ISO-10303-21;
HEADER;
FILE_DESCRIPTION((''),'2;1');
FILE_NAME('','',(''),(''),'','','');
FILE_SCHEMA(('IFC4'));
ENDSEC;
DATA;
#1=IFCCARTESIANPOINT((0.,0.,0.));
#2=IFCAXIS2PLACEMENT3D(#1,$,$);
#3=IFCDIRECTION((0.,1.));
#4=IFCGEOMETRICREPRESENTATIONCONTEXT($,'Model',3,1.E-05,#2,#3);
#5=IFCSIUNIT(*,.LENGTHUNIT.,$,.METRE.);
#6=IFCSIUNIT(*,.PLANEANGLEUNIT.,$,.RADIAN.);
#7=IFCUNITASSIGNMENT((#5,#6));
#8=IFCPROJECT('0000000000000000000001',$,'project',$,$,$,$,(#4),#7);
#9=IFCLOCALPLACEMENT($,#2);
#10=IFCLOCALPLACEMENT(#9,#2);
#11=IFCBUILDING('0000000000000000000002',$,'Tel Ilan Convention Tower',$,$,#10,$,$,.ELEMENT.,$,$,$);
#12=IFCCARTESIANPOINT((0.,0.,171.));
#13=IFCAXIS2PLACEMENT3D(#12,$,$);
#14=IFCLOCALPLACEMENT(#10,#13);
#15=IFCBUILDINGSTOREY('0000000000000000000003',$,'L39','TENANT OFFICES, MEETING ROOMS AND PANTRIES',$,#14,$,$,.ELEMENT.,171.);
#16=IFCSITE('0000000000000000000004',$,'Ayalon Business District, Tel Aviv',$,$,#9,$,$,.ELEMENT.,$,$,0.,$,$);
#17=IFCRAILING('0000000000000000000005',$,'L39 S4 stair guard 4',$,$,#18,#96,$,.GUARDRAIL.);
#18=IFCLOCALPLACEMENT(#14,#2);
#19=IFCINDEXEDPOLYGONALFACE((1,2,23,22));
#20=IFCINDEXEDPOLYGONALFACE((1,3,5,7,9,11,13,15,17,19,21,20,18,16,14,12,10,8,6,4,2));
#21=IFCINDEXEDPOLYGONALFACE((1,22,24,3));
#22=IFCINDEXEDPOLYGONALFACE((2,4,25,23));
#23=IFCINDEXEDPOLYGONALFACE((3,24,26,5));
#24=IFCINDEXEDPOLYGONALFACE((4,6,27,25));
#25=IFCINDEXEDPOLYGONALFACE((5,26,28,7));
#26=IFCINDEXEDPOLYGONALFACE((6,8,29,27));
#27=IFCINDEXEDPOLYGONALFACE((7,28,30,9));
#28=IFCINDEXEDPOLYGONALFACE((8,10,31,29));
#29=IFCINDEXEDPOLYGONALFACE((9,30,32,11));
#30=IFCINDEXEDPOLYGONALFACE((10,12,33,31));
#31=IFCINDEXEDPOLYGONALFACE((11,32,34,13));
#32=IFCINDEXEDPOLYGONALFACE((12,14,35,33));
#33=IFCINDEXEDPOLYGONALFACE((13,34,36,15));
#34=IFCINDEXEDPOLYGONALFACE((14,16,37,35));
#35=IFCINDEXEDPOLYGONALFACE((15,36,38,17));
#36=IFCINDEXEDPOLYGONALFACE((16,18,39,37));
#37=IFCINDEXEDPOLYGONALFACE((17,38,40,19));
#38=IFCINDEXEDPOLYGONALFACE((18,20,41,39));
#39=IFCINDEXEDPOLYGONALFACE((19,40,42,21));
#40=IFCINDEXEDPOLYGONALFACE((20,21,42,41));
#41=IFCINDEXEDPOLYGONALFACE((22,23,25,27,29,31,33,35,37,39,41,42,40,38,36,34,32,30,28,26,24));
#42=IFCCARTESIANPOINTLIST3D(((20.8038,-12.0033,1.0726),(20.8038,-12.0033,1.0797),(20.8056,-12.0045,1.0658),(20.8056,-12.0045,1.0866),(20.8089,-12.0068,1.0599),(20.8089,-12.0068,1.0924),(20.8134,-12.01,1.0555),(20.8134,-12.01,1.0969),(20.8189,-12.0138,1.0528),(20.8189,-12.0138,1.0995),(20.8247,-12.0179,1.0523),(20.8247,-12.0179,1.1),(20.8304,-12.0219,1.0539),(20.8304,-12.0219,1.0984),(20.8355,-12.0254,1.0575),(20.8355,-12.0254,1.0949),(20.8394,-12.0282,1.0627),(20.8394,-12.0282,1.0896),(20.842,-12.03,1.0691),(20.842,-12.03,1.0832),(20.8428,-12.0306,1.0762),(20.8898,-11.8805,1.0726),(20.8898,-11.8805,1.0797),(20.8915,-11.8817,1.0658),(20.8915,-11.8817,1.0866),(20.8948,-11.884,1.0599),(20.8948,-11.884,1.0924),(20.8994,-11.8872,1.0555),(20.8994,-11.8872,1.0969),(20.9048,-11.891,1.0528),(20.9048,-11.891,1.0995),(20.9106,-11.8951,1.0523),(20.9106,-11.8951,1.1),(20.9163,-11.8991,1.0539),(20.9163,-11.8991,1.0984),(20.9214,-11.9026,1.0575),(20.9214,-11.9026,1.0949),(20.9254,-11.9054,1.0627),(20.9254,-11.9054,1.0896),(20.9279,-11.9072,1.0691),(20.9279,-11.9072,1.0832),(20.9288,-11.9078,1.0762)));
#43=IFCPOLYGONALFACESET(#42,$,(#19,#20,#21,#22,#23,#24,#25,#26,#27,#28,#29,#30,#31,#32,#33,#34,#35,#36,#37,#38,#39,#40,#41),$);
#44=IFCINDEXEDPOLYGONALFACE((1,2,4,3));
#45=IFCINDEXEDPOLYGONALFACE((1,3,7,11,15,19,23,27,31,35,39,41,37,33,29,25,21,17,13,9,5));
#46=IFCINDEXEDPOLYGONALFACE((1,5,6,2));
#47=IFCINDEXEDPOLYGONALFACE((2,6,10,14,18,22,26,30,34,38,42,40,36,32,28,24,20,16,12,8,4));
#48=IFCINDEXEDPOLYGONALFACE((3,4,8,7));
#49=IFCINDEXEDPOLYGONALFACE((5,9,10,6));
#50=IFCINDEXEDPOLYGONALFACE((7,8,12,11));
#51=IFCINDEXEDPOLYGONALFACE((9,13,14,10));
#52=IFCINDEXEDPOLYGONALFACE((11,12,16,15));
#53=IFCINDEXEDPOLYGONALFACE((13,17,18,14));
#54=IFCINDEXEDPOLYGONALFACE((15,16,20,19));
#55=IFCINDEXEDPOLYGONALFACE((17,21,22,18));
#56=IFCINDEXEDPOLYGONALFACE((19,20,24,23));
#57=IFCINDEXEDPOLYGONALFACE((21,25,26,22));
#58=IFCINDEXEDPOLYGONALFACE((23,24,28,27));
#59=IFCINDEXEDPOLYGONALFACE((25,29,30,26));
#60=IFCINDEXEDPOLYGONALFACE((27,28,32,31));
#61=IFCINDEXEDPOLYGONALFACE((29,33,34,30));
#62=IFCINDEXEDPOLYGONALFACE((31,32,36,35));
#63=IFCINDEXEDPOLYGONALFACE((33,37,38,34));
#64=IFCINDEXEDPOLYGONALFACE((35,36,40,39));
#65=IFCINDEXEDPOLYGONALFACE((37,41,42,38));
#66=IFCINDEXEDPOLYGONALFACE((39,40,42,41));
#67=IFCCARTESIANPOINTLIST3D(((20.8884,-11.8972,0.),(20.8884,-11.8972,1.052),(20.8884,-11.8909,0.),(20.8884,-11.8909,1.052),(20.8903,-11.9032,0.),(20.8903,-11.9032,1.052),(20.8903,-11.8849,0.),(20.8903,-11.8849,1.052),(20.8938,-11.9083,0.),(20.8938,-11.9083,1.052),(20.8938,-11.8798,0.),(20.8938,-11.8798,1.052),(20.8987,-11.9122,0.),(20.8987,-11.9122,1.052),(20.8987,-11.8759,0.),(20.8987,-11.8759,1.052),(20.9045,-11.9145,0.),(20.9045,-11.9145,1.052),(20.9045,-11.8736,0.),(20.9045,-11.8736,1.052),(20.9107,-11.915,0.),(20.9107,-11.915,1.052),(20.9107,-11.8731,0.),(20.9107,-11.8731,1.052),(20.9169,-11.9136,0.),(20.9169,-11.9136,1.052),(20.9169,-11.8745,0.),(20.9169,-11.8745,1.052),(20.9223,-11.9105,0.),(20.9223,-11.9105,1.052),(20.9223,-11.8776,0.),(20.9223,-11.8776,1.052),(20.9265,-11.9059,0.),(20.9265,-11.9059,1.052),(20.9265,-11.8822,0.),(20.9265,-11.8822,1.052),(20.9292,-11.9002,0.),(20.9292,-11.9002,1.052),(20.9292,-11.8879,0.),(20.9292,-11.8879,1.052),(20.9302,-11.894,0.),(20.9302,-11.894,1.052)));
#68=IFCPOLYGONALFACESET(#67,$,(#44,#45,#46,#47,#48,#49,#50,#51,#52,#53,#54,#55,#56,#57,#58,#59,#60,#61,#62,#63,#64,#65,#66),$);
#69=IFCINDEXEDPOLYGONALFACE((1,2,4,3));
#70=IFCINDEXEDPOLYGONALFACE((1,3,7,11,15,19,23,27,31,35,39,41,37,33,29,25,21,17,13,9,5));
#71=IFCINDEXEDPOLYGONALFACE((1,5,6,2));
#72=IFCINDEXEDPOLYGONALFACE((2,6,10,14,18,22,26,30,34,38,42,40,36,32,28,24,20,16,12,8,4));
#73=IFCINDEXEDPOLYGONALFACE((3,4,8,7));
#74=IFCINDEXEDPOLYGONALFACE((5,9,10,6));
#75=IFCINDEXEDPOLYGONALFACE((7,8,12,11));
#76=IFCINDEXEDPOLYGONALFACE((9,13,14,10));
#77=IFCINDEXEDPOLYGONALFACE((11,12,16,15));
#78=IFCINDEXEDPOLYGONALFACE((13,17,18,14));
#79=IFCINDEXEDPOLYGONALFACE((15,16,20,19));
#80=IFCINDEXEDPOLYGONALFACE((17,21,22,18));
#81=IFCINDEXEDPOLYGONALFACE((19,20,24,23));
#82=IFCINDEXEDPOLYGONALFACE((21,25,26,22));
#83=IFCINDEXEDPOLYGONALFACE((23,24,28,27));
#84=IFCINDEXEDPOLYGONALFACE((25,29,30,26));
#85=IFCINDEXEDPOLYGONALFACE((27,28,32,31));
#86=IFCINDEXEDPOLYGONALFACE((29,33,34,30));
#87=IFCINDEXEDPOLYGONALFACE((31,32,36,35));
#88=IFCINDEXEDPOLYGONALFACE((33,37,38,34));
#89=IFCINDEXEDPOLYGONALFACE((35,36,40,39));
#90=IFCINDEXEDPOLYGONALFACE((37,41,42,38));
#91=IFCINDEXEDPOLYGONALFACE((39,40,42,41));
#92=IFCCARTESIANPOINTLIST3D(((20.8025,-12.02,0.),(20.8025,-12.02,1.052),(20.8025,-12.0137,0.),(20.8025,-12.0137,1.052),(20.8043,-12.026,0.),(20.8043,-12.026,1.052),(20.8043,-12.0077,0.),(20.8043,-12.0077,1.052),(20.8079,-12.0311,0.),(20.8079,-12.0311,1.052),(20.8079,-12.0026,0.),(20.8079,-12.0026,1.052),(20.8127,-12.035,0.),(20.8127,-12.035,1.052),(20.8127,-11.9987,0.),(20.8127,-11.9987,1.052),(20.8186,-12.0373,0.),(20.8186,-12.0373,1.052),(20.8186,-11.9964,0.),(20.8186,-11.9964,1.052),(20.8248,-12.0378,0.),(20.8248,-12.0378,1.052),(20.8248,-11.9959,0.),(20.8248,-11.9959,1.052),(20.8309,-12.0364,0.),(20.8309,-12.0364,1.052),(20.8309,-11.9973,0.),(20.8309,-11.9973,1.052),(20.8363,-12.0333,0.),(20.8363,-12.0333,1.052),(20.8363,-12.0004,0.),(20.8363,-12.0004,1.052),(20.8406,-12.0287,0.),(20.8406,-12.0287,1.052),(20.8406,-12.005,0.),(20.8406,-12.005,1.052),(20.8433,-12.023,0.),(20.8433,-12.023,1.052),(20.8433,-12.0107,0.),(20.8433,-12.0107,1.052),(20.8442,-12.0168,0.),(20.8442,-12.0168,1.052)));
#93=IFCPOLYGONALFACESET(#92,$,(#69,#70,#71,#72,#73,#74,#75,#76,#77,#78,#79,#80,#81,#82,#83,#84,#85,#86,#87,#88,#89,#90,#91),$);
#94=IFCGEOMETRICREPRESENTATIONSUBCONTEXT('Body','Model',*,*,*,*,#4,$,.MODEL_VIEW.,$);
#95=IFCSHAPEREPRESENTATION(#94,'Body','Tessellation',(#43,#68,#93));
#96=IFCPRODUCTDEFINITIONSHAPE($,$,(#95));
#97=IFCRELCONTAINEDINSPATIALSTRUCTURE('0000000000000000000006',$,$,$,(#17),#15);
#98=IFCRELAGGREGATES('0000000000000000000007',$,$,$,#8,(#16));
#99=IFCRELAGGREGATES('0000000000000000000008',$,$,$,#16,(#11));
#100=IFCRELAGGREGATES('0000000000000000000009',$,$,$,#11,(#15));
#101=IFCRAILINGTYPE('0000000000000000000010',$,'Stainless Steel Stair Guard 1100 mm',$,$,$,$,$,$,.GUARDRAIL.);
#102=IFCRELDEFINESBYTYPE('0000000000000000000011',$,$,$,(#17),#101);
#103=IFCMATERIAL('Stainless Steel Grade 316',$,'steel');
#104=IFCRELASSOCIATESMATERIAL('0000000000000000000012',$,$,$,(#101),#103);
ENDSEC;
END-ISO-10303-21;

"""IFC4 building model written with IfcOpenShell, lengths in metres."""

from ifc_helpers import new_model, si_unit, direction, frame, origin, origin_2d, place, context, subcontext, project, spatial, circle, extrude, material, type_object, element, save


model = new_model("IFC4")

# Units and contexts
model_context = context("Model", 3, precision=1e-05, world=origin(), true_north=direction((0.0, 1.0)))
body_context = subcontext(model_context, "Body", "Model", "MODEL_VIEW")
ifc_project = project(units=[si_unit("LENGTHUNIT", "METRE"), si_unit("PLANEANGLEUNIT", "RADIAN")], contexts=[model_context])

# Site, building, storey
site_placement = place(None, origin())
site = spatial("IfcSite", under=ifc_project, at=site_placement, Name="Ayalon Business District, Tel Aviv", CompositionType="ELEMENT", RefElevation=0.0)
building_placement = place(site_placement, origin())
building = spatial("IfcBuilding", under=site, at=building_placement, Name="Tel Ilan Convention Tower", CompositionType="ELEMENT")
storey_placement = place(building_placement, frame((0.0, 0.0, 171.0)))
storey = spatial("IfcBuildingStorey", under=building, at=storey_placement, Name="L39", Description="TENANT OFFICES, MEETING ROOMS AND PANTRIES", CompositionType="ELEMENT", Elevation=171.0)

# Railing
ifc_material_1 = material(Name="Stainless Steel Grade 316", Category="steel")
railing_type_1 = type_object("IfcRailingType", Name="Stainless Steel Stair Guard 1100 mm", PredefinedType="GUARDRAIL", material=ifc_material_1)
railing_1_placement = place(storey_placement, frame((20.9092, -11.894, 0.0)))
element("IfcRailing", 1, at=railing_1_placement, inside=storey, type_object=railing_type_1, Name="L39 S4 stair guard 4", PredefinedType="GUARDRAIL", context=body_context, shape_type="SweptSolid", body=[
    extrude(circle(Radius=0.0239, at=origin_2d()), frame((0.0, 0.0, 1.0762), z_axis=(-0.573353, -0.819308, 0.0), x_axis=(0.819308, -0.573353, 0.0)), (0.0, 0.0, 1.0), 0.1499),
    extrude(circle(Radius=0.021, at=origin_2d()), origin(), (0.0, 0.0, 1.0), 1.052),
    extrude(circle(Radius=0.021, at=origin_2d()), frame((-0.0859, -0.1228, 0.0)), (0.0, 0.0, 1.0), 1.052),
])

save(model, "model.ifc")
